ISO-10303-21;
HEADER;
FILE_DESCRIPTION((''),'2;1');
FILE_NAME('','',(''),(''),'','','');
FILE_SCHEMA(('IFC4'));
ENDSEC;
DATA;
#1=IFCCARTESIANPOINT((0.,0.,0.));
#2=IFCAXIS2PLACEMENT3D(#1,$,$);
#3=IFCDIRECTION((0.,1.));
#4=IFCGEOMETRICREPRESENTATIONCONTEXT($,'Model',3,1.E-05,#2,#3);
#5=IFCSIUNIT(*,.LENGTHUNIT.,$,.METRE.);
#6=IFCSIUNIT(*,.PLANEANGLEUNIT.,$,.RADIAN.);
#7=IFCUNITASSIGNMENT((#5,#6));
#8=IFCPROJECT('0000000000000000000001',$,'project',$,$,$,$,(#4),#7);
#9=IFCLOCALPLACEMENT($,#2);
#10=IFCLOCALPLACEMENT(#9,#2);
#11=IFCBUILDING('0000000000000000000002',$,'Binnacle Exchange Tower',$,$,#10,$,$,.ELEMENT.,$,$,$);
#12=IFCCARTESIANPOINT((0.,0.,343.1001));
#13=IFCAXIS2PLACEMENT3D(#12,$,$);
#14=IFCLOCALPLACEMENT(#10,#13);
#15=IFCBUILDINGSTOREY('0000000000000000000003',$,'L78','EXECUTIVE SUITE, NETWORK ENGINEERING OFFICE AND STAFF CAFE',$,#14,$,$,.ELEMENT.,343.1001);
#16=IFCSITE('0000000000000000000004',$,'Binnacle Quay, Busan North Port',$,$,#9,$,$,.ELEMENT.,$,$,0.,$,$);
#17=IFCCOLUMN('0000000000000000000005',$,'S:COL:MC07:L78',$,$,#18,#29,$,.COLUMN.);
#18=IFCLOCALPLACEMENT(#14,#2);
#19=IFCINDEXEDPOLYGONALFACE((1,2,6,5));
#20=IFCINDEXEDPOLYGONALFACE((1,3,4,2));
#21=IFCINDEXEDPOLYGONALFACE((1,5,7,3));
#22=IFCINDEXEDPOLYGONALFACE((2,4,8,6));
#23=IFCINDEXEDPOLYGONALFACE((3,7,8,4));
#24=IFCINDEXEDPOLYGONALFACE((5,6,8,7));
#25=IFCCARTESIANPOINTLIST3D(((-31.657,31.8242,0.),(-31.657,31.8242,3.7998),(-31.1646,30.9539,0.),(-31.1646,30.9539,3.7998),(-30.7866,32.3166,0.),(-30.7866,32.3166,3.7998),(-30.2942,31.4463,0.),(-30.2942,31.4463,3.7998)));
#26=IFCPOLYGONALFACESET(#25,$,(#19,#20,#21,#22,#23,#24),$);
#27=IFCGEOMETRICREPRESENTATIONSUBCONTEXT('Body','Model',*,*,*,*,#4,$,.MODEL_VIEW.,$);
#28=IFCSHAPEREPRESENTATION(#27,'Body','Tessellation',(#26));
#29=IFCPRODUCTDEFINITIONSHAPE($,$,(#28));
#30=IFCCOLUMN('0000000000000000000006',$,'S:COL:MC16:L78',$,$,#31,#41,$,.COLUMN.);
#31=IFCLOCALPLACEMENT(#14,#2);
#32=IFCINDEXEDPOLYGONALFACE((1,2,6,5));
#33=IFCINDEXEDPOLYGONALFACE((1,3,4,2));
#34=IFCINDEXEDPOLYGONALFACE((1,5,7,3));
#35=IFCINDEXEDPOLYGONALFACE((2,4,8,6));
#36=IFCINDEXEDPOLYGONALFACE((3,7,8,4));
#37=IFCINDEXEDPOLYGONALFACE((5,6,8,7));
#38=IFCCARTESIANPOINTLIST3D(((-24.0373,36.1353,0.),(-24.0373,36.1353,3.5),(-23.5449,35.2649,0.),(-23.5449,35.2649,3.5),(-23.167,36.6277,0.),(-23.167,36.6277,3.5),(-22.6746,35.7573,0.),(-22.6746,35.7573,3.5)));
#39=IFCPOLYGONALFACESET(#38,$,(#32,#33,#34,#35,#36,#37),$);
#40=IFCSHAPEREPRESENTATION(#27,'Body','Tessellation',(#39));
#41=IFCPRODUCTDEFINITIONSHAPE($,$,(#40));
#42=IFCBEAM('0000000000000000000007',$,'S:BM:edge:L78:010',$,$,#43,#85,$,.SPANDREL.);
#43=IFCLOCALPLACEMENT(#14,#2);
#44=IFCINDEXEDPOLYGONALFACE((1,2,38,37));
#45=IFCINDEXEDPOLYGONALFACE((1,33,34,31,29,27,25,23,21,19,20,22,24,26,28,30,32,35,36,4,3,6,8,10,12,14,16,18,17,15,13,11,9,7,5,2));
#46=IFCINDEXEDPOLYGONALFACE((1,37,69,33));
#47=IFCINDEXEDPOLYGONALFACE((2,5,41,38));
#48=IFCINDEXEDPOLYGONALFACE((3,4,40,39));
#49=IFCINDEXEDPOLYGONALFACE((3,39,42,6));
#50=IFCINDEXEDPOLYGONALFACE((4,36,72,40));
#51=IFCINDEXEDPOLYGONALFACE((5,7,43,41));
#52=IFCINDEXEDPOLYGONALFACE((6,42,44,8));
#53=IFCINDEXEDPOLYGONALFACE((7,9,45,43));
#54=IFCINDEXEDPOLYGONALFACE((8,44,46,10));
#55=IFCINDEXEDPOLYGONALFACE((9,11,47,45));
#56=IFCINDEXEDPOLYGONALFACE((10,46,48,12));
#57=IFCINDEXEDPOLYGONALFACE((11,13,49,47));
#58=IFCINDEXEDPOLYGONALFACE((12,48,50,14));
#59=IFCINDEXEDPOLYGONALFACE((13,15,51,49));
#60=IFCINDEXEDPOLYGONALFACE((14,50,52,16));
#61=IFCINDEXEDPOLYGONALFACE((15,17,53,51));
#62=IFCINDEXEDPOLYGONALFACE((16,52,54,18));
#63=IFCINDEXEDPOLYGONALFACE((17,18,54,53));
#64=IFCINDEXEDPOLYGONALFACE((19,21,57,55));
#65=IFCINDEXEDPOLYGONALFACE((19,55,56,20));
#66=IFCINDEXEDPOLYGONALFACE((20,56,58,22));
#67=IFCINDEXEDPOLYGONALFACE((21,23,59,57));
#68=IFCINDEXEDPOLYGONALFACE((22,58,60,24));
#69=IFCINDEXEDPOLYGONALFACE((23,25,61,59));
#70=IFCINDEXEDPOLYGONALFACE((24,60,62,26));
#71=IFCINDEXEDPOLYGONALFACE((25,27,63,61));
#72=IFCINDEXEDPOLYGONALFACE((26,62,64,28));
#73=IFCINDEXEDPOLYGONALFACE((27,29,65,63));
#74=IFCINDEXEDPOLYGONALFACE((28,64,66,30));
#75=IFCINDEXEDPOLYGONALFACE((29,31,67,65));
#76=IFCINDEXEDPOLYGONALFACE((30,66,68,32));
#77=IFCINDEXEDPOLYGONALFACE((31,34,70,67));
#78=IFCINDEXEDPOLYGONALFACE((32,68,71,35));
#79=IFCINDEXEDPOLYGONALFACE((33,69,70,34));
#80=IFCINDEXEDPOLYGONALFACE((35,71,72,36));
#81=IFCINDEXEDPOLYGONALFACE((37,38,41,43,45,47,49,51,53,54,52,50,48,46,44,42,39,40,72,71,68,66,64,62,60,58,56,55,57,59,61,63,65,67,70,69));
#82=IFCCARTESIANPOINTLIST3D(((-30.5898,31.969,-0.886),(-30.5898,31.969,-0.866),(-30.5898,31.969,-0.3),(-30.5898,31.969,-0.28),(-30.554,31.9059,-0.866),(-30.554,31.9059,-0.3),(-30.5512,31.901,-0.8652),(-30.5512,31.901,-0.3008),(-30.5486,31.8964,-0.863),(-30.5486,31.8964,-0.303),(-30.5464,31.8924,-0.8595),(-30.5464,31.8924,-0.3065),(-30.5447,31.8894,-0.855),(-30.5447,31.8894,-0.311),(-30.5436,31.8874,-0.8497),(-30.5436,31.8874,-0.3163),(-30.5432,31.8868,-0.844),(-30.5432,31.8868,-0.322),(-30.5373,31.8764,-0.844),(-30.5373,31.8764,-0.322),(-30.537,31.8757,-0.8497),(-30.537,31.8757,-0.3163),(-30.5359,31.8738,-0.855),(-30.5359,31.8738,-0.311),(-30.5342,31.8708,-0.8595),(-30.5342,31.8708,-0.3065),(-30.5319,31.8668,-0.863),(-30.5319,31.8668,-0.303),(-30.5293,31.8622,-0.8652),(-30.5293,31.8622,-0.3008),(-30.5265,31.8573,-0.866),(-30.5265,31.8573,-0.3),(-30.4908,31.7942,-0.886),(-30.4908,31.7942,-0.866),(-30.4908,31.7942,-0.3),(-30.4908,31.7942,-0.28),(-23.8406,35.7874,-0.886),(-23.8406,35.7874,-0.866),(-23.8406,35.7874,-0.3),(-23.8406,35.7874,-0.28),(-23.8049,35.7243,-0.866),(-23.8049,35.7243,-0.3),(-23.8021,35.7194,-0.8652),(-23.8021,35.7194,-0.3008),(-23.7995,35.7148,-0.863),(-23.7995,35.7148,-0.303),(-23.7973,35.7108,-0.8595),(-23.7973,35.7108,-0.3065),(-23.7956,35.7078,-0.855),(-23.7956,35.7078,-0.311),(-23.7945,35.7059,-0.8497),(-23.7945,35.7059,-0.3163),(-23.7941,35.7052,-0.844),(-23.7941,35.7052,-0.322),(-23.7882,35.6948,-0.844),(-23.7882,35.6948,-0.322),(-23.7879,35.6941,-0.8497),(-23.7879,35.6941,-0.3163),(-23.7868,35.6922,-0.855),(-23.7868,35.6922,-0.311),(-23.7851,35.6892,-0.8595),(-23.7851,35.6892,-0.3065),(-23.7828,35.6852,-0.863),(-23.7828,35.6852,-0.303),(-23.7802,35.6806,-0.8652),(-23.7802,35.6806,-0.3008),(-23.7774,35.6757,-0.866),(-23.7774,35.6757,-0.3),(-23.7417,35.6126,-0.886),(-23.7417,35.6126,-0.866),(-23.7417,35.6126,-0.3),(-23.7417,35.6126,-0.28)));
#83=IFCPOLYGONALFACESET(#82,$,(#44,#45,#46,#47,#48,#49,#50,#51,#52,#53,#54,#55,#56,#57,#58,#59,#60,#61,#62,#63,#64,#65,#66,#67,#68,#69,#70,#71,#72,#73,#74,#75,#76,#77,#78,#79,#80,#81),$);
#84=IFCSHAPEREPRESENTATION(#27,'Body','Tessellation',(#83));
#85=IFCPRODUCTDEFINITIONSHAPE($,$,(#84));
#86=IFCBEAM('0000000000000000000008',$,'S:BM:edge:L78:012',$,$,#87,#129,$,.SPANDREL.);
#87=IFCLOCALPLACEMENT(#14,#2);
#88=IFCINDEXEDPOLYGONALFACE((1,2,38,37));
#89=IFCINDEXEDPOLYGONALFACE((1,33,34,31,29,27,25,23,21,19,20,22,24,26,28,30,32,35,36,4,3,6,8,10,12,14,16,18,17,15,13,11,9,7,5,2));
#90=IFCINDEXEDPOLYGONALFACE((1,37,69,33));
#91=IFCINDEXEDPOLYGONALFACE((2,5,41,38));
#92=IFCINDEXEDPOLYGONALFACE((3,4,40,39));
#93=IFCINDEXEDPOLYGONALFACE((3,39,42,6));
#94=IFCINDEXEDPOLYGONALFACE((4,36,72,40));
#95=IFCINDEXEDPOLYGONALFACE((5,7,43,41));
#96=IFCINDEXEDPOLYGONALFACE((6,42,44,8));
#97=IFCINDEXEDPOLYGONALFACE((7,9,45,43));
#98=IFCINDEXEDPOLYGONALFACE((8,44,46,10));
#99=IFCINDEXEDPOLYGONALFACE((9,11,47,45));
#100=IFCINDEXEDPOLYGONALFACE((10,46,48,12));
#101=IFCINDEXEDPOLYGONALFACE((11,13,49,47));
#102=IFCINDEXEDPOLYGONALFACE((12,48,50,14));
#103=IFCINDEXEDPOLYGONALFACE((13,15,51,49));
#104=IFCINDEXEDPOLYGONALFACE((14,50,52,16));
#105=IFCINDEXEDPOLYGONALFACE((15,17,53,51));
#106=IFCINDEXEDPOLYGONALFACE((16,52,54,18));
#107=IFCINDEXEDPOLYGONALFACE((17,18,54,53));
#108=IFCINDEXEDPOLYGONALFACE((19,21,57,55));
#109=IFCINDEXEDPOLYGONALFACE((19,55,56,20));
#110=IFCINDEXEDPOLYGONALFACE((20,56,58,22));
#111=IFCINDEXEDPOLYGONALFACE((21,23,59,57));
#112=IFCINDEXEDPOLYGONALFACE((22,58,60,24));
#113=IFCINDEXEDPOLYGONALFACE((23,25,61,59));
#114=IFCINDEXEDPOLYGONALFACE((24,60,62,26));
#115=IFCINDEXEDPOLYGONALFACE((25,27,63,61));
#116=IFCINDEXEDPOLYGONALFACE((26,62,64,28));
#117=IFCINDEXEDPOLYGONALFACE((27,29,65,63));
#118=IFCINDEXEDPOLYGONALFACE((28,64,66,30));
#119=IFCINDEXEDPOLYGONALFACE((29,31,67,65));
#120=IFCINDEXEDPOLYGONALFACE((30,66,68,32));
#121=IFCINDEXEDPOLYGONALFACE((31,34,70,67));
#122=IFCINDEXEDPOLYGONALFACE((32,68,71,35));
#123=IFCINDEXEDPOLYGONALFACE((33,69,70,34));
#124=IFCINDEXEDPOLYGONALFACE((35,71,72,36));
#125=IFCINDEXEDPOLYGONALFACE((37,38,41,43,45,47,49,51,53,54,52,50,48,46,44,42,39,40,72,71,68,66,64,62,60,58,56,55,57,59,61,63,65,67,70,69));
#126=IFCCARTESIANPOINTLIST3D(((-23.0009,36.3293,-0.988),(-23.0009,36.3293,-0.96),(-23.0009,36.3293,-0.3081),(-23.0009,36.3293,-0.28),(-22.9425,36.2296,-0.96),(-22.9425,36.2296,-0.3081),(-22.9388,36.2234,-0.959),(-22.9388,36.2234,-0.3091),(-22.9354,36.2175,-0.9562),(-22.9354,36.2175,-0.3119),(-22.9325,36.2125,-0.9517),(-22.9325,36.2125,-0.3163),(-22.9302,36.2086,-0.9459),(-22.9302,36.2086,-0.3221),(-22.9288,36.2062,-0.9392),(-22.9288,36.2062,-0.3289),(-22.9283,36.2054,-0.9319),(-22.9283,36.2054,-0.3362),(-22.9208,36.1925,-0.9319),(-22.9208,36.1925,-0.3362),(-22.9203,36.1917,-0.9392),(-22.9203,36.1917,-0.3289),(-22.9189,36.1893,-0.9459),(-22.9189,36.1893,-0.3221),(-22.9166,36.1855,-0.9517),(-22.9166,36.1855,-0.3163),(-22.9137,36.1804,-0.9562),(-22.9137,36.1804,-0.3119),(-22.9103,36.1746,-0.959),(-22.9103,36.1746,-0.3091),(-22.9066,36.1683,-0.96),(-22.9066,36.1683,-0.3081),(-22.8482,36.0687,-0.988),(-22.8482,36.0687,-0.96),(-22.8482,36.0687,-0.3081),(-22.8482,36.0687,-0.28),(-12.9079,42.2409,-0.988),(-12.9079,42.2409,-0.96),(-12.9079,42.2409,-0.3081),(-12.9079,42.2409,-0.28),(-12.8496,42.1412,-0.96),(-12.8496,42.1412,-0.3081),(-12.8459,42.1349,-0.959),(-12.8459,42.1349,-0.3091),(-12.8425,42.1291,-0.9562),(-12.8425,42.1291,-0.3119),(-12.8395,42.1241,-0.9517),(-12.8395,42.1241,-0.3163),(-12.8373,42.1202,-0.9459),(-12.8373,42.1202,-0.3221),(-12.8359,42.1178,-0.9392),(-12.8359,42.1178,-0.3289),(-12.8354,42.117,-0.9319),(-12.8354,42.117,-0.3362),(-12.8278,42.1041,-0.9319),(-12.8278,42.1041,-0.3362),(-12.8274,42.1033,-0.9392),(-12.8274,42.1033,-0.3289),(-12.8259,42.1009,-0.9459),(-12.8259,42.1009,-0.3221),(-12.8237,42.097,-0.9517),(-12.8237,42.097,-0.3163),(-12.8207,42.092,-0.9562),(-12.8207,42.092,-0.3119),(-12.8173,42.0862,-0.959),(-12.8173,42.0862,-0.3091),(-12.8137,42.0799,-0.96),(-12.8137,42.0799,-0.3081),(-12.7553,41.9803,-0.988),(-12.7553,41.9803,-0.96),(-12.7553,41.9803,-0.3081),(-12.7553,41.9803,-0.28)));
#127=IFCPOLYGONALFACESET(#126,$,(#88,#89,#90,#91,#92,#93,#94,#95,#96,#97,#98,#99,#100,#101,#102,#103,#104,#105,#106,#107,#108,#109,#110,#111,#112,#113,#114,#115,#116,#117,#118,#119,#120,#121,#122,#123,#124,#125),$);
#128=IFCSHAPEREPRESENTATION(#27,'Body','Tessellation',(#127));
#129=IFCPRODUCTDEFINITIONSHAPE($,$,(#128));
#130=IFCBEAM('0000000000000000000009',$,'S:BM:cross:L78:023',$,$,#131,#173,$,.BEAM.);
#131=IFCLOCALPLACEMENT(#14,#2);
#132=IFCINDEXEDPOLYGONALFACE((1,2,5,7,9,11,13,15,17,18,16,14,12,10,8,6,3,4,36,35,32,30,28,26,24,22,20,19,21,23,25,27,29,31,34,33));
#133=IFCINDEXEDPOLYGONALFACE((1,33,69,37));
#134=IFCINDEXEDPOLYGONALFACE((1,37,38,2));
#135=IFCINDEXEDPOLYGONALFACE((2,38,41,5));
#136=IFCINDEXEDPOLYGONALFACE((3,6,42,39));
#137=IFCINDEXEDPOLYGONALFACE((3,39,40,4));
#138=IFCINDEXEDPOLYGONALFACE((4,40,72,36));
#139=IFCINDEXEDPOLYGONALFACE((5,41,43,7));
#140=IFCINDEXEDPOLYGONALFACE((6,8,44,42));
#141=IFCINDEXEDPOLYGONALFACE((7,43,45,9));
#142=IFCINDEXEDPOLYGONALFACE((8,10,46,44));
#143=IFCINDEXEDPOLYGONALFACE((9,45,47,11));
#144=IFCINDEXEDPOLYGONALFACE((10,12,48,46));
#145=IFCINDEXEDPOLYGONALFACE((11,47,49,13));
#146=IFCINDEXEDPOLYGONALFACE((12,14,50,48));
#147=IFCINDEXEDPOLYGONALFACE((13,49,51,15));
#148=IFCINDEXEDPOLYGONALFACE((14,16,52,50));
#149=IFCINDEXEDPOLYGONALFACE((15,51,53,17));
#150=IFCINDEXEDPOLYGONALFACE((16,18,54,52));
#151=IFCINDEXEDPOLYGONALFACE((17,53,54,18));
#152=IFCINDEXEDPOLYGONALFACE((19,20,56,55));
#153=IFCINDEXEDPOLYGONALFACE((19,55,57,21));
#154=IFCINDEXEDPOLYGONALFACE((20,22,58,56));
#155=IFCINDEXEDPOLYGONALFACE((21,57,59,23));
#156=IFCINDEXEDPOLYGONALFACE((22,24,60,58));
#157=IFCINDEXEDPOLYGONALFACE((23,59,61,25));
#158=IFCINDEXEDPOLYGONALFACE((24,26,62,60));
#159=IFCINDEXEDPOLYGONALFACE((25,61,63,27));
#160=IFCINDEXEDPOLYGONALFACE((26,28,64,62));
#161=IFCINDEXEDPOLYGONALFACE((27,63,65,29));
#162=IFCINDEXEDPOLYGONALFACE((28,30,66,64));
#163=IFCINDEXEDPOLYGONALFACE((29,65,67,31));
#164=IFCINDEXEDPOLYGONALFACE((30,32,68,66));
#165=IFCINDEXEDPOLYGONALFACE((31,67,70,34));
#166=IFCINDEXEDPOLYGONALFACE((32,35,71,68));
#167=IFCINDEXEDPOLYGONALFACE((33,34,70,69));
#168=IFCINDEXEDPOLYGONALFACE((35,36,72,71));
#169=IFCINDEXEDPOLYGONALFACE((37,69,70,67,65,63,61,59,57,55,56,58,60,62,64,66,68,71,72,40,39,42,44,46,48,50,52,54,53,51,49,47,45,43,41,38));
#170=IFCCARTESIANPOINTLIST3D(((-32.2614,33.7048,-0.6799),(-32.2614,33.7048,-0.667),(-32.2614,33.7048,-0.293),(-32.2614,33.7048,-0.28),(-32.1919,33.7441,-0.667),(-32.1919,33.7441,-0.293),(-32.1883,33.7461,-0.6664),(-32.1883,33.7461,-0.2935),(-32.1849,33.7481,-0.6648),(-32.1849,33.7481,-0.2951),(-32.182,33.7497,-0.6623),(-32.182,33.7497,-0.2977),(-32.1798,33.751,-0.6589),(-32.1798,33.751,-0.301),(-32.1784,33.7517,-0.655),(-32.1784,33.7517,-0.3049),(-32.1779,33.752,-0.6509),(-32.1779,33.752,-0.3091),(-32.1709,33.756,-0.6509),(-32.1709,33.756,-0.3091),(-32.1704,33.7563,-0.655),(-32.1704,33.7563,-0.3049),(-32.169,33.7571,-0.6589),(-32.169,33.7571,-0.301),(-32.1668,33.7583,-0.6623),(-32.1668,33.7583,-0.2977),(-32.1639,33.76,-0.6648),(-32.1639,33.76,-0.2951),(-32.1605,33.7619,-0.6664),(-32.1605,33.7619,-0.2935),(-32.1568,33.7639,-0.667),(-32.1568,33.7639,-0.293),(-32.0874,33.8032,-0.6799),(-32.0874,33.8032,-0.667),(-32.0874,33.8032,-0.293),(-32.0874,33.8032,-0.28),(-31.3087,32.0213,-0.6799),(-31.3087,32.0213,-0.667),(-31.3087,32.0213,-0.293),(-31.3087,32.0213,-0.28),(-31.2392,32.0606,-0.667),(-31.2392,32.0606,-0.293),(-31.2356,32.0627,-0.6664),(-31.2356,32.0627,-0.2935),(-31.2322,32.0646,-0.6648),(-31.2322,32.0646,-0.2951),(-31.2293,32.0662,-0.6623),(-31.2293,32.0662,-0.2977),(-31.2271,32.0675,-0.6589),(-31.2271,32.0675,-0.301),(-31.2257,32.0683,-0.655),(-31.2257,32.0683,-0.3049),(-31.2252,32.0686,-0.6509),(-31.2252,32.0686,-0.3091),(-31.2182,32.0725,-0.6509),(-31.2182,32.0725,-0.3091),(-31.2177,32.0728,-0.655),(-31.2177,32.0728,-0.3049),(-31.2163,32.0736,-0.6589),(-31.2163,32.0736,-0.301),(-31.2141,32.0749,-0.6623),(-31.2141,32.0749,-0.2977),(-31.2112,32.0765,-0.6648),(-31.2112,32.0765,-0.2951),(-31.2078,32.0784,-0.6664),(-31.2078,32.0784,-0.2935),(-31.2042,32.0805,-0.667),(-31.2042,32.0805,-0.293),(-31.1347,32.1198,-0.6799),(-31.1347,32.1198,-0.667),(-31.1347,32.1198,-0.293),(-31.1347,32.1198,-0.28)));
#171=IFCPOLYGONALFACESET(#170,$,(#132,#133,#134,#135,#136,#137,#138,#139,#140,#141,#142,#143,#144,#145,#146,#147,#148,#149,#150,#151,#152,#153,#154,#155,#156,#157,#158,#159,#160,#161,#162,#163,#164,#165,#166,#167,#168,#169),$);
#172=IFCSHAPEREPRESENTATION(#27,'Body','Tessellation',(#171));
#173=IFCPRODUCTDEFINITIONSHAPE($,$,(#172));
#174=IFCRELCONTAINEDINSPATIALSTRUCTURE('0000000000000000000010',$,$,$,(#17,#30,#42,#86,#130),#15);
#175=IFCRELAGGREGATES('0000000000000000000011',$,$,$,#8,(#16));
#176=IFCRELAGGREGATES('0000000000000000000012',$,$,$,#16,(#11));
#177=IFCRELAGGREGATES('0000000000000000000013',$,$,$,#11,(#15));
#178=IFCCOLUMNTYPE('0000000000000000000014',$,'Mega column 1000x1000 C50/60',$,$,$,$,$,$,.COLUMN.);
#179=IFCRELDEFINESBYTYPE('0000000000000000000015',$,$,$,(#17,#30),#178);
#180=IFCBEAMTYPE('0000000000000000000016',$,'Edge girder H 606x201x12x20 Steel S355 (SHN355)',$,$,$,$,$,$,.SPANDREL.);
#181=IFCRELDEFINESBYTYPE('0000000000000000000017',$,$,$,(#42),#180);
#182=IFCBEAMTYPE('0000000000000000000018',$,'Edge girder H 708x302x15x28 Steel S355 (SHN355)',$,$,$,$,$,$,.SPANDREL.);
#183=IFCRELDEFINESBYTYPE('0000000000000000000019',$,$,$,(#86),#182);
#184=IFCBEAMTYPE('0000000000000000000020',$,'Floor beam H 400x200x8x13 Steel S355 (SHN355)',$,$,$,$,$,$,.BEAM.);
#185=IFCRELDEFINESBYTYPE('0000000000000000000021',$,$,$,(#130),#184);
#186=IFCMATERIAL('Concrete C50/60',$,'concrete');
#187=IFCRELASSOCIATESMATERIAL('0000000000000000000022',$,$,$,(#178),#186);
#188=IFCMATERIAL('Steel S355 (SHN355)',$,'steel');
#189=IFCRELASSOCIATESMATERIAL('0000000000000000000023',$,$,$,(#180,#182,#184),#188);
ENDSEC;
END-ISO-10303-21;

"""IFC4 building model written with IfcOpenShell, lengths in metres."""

from ifc_helpers import new_model, si_unit, direction, frame, origin, origin_2d, place, context, subcontext, project, spatial, rectangle, i_section, extrude, material, material_profile, profile_set, type_object, element, save


model = new_model("IFC4")

# Units and contexts
model_context = context("Model", 3, precision=1e-05, world=origin(), true_north=direction((0.0, 1.0)))
body_context = subcontext(model_context, "Body", "Model", "MODEL_VIEW")
ifc_project = project(units=[si_unit("LENGTHUNIT", "METRE"), si_unit("PLANEANGLEUNIT", "RADIAN")], contexts=[model_context])

# Site, building, storey
site_placement = place(None, origin())
site = spatial("IfcSite", under=ifc_project, at=site_placement, Name="Binnacle Quay, Busan North Port", CompositionType="ELEMENT", RefElevation=0.0)
building_placement = place(site_placement, origin())
building = spatial("IfcBuilding", under=site, at=building_placement, Name="Binnacle Exchange Tower", CompositionType="ELEMENT")
storey_placement = place(building_placement, frame((0.0, 0.0, 343.1001)))
storey = spatial("IfcBuildingStorey", under=building, at=storey_placement, Name="L78", Description="EXECUTIVE SUITE, NETWORK ENGINEERING OFFICE AND STAFF CAFE", CompositionType="ELEMENT", Elevation=343.1001)

# Columns
ifc_material_1 = material(Name="Concrete C50/60", Category="concrete")
ifc_material_profile_1 = material_profile(ifc_material_1, rectangle(XDim=1.0, YDim=1.0, at=origin_2d()), Name="Mega column 1000x1000 C50/60")
ifc_profile_set_1 = profile_set([ifc_material_profile_1], Name="Concrete C50/60")
column_type = type_object("IfcColumnType", Name="Mega column 1000x1000 C50/60", PredefinedType="COLUMN", material=ifc_profile_set_1)
column_1_placement = place(storey_placement, frame((-30.9756, 31.6353, 0.0), z_axis=(0.0, 0.0, 1.0), x_axis=(0.870356, 0.492424, 0.0)))
element("IfcColumn", 1, at=column_1_placement, inside=storey, type_object=column_type, Name="S:COL:MC07:L78", PredefinedType="COLUMN", context=body_context, shape_type="SweptSolid", body=[
    extrude(rectangle(XDim=1.0, YDim=1.0, at=origin_2d()), origin(), (0.0, 0.0, 1.0), 3.7998),
])
column_2_placement = place(storey_placement, frame((-23.356, 35.9463, 0.0), z_axis=(0.0, 0.0, 1.0), x_axis=(0.870356, 0.492424, 0.0)))
element("IfcColumn", 2, at=column_2_placement, inside=storey, type_object=column_type, Name="S:COL:MC16:L78", PredefinedType="COLUMN", context=body_context, shape_type="SweptSolid", body=[
    extrude(rectangle(XDim=1.0, YDim=1.0, at=origin_2d()), origin(), (0.0, 0.0, 1.0), 3.5),
])

# Beams
ifc_material_2 = material(Name="Steel S355 (SHN355)", Category="steel")
ifc_material_profile_2 = material_profile(ifc_material_2, i_section(OverallWidth=0.2009, OverallDepth=0.606, WebThickness=0.012, FlangeThickness=0.02, FilletRadius=0.022, at=origin_2d()), Name="H 606x201x12x20")
ifc_profile_set_2 = profile_set([ifc_material_profile_2], Name="Steel S355 (SHN355)")
beam_type_1 = type_object("IfcBeamType", Name="Edge girder H 606x201x12x20 Steel S355 (SHN355)", PredefinedType="SPANDREL", material=ifc_profile_set_2)
beam_1_placement = place(storey_placement, frame((-30.5403, 31.8816, -0.583), z_axis=(0.870359, 0.492418, 0.0), x_axis=(-0.492418, 0.870359, 0.0)))
element("IfcBeam", 3, at=beam_1_placement, inside=storey, type_object=beam_type_1, Name="S:BM:edge:L78:010", PredefinedType="SPANDREL", context=body_context, shape_type="SweptSolid", body=[
    extrude(i_section(OverallWidth=0.2009, OverallDepth=0.606, WebThickness=0.012, FlangeThickness=0.02, FilletRadius=0.022, at=origin_2d()), origin(), (0.0, 0.0, 1.0), 7.7544),
])
ifc_material_profile_3 = material_profile(ifc_material_2, i_section(OverallWidth=0.302, OverallDepth=0.708, WebThickness=0.0149, FlangeThickness=0.0281, FilletRadius=0.0281, at=origin_2d()), Name="H 708x302x15x28")
ifc_profile_set_3 = profile_set([ifc_material_profile_3], Name="Steel S355 (SHN355)")
beam_type_2 = type_object("IfcBeamType", Name="Edge girder H 708x302x15x28 Steel S355 (SHN355)", PredefinedType="SPANDREL", material=ifc_profile_set_3)
beam_2_placement = place(storey_placement, frame((-22.9246, 36.199, -0.634), z_axis=(0.862883, 0.505403, 0.0), x_axis=(-0.505403, 0.862883, 0.0)))
element("IfcBeam", 4, at=beam_2_placement, inside=storey, type_object=beam_type_2, Name="S:BM:edge:L78:012", PredefinedType="SPANDREL", context=body_context, shape_type="SweptSolid", body=[
    extrude(i_section(OverallWidth=0.302, OverallDepth=0.708, WebThickness=0.0149, FlangeThickness=0.0281, FilletRadius=0.0281, at=origin_2d()), origin(), (0.0, 0.0, 1.0), 11.6968),
])
ifc_material_profile_4 = material_profile(ifc_material_2, i_section(OverallWidth=0.2, OverallDepth=0.3999, WebThickness=0.0081, FlangeThickness=0.0129, FilletRadius=0.0161, at=origin_2d()), Name="H 400x200x8x13")
ifc_profile_set_4 = profile_set([ifc_material_profile_4], Name="Steel S355 (SHN355)")
beam_type_3 = type_object("IfcBeamType", Name="Floor beam H 400x200x8x13 Steel S355 (SHN355)", PredefinedType="BEAM", material=ifc_profile_set_4)
beam_3_placement = place(storey_placement, frame((-31.2217, 32.0706, -0.48), z_axis=(-0.492519, 0.870302, 0.0), x_axis=(-0.870302, -0.492519, 0.0)))
element("IfcBeam", 5, at=beam_3_placement, inside=storey, type_object=beam_type_3, Name="S:BM:cross:L78:023", PredefinedType="BEAM", context=body_context, shape_type="SweptSolid", body=[
    extrude(i_section(OverallWidth=0.2, OverallDepth=0.3999, WebThickness=0.0081, FlangeThickness=0.0129, FilletRadius=0.0161, at=origin_2d()), origin(), (0.0, 0.0, 1.0), 1.9343),
])

save(model, "model.ifc")
